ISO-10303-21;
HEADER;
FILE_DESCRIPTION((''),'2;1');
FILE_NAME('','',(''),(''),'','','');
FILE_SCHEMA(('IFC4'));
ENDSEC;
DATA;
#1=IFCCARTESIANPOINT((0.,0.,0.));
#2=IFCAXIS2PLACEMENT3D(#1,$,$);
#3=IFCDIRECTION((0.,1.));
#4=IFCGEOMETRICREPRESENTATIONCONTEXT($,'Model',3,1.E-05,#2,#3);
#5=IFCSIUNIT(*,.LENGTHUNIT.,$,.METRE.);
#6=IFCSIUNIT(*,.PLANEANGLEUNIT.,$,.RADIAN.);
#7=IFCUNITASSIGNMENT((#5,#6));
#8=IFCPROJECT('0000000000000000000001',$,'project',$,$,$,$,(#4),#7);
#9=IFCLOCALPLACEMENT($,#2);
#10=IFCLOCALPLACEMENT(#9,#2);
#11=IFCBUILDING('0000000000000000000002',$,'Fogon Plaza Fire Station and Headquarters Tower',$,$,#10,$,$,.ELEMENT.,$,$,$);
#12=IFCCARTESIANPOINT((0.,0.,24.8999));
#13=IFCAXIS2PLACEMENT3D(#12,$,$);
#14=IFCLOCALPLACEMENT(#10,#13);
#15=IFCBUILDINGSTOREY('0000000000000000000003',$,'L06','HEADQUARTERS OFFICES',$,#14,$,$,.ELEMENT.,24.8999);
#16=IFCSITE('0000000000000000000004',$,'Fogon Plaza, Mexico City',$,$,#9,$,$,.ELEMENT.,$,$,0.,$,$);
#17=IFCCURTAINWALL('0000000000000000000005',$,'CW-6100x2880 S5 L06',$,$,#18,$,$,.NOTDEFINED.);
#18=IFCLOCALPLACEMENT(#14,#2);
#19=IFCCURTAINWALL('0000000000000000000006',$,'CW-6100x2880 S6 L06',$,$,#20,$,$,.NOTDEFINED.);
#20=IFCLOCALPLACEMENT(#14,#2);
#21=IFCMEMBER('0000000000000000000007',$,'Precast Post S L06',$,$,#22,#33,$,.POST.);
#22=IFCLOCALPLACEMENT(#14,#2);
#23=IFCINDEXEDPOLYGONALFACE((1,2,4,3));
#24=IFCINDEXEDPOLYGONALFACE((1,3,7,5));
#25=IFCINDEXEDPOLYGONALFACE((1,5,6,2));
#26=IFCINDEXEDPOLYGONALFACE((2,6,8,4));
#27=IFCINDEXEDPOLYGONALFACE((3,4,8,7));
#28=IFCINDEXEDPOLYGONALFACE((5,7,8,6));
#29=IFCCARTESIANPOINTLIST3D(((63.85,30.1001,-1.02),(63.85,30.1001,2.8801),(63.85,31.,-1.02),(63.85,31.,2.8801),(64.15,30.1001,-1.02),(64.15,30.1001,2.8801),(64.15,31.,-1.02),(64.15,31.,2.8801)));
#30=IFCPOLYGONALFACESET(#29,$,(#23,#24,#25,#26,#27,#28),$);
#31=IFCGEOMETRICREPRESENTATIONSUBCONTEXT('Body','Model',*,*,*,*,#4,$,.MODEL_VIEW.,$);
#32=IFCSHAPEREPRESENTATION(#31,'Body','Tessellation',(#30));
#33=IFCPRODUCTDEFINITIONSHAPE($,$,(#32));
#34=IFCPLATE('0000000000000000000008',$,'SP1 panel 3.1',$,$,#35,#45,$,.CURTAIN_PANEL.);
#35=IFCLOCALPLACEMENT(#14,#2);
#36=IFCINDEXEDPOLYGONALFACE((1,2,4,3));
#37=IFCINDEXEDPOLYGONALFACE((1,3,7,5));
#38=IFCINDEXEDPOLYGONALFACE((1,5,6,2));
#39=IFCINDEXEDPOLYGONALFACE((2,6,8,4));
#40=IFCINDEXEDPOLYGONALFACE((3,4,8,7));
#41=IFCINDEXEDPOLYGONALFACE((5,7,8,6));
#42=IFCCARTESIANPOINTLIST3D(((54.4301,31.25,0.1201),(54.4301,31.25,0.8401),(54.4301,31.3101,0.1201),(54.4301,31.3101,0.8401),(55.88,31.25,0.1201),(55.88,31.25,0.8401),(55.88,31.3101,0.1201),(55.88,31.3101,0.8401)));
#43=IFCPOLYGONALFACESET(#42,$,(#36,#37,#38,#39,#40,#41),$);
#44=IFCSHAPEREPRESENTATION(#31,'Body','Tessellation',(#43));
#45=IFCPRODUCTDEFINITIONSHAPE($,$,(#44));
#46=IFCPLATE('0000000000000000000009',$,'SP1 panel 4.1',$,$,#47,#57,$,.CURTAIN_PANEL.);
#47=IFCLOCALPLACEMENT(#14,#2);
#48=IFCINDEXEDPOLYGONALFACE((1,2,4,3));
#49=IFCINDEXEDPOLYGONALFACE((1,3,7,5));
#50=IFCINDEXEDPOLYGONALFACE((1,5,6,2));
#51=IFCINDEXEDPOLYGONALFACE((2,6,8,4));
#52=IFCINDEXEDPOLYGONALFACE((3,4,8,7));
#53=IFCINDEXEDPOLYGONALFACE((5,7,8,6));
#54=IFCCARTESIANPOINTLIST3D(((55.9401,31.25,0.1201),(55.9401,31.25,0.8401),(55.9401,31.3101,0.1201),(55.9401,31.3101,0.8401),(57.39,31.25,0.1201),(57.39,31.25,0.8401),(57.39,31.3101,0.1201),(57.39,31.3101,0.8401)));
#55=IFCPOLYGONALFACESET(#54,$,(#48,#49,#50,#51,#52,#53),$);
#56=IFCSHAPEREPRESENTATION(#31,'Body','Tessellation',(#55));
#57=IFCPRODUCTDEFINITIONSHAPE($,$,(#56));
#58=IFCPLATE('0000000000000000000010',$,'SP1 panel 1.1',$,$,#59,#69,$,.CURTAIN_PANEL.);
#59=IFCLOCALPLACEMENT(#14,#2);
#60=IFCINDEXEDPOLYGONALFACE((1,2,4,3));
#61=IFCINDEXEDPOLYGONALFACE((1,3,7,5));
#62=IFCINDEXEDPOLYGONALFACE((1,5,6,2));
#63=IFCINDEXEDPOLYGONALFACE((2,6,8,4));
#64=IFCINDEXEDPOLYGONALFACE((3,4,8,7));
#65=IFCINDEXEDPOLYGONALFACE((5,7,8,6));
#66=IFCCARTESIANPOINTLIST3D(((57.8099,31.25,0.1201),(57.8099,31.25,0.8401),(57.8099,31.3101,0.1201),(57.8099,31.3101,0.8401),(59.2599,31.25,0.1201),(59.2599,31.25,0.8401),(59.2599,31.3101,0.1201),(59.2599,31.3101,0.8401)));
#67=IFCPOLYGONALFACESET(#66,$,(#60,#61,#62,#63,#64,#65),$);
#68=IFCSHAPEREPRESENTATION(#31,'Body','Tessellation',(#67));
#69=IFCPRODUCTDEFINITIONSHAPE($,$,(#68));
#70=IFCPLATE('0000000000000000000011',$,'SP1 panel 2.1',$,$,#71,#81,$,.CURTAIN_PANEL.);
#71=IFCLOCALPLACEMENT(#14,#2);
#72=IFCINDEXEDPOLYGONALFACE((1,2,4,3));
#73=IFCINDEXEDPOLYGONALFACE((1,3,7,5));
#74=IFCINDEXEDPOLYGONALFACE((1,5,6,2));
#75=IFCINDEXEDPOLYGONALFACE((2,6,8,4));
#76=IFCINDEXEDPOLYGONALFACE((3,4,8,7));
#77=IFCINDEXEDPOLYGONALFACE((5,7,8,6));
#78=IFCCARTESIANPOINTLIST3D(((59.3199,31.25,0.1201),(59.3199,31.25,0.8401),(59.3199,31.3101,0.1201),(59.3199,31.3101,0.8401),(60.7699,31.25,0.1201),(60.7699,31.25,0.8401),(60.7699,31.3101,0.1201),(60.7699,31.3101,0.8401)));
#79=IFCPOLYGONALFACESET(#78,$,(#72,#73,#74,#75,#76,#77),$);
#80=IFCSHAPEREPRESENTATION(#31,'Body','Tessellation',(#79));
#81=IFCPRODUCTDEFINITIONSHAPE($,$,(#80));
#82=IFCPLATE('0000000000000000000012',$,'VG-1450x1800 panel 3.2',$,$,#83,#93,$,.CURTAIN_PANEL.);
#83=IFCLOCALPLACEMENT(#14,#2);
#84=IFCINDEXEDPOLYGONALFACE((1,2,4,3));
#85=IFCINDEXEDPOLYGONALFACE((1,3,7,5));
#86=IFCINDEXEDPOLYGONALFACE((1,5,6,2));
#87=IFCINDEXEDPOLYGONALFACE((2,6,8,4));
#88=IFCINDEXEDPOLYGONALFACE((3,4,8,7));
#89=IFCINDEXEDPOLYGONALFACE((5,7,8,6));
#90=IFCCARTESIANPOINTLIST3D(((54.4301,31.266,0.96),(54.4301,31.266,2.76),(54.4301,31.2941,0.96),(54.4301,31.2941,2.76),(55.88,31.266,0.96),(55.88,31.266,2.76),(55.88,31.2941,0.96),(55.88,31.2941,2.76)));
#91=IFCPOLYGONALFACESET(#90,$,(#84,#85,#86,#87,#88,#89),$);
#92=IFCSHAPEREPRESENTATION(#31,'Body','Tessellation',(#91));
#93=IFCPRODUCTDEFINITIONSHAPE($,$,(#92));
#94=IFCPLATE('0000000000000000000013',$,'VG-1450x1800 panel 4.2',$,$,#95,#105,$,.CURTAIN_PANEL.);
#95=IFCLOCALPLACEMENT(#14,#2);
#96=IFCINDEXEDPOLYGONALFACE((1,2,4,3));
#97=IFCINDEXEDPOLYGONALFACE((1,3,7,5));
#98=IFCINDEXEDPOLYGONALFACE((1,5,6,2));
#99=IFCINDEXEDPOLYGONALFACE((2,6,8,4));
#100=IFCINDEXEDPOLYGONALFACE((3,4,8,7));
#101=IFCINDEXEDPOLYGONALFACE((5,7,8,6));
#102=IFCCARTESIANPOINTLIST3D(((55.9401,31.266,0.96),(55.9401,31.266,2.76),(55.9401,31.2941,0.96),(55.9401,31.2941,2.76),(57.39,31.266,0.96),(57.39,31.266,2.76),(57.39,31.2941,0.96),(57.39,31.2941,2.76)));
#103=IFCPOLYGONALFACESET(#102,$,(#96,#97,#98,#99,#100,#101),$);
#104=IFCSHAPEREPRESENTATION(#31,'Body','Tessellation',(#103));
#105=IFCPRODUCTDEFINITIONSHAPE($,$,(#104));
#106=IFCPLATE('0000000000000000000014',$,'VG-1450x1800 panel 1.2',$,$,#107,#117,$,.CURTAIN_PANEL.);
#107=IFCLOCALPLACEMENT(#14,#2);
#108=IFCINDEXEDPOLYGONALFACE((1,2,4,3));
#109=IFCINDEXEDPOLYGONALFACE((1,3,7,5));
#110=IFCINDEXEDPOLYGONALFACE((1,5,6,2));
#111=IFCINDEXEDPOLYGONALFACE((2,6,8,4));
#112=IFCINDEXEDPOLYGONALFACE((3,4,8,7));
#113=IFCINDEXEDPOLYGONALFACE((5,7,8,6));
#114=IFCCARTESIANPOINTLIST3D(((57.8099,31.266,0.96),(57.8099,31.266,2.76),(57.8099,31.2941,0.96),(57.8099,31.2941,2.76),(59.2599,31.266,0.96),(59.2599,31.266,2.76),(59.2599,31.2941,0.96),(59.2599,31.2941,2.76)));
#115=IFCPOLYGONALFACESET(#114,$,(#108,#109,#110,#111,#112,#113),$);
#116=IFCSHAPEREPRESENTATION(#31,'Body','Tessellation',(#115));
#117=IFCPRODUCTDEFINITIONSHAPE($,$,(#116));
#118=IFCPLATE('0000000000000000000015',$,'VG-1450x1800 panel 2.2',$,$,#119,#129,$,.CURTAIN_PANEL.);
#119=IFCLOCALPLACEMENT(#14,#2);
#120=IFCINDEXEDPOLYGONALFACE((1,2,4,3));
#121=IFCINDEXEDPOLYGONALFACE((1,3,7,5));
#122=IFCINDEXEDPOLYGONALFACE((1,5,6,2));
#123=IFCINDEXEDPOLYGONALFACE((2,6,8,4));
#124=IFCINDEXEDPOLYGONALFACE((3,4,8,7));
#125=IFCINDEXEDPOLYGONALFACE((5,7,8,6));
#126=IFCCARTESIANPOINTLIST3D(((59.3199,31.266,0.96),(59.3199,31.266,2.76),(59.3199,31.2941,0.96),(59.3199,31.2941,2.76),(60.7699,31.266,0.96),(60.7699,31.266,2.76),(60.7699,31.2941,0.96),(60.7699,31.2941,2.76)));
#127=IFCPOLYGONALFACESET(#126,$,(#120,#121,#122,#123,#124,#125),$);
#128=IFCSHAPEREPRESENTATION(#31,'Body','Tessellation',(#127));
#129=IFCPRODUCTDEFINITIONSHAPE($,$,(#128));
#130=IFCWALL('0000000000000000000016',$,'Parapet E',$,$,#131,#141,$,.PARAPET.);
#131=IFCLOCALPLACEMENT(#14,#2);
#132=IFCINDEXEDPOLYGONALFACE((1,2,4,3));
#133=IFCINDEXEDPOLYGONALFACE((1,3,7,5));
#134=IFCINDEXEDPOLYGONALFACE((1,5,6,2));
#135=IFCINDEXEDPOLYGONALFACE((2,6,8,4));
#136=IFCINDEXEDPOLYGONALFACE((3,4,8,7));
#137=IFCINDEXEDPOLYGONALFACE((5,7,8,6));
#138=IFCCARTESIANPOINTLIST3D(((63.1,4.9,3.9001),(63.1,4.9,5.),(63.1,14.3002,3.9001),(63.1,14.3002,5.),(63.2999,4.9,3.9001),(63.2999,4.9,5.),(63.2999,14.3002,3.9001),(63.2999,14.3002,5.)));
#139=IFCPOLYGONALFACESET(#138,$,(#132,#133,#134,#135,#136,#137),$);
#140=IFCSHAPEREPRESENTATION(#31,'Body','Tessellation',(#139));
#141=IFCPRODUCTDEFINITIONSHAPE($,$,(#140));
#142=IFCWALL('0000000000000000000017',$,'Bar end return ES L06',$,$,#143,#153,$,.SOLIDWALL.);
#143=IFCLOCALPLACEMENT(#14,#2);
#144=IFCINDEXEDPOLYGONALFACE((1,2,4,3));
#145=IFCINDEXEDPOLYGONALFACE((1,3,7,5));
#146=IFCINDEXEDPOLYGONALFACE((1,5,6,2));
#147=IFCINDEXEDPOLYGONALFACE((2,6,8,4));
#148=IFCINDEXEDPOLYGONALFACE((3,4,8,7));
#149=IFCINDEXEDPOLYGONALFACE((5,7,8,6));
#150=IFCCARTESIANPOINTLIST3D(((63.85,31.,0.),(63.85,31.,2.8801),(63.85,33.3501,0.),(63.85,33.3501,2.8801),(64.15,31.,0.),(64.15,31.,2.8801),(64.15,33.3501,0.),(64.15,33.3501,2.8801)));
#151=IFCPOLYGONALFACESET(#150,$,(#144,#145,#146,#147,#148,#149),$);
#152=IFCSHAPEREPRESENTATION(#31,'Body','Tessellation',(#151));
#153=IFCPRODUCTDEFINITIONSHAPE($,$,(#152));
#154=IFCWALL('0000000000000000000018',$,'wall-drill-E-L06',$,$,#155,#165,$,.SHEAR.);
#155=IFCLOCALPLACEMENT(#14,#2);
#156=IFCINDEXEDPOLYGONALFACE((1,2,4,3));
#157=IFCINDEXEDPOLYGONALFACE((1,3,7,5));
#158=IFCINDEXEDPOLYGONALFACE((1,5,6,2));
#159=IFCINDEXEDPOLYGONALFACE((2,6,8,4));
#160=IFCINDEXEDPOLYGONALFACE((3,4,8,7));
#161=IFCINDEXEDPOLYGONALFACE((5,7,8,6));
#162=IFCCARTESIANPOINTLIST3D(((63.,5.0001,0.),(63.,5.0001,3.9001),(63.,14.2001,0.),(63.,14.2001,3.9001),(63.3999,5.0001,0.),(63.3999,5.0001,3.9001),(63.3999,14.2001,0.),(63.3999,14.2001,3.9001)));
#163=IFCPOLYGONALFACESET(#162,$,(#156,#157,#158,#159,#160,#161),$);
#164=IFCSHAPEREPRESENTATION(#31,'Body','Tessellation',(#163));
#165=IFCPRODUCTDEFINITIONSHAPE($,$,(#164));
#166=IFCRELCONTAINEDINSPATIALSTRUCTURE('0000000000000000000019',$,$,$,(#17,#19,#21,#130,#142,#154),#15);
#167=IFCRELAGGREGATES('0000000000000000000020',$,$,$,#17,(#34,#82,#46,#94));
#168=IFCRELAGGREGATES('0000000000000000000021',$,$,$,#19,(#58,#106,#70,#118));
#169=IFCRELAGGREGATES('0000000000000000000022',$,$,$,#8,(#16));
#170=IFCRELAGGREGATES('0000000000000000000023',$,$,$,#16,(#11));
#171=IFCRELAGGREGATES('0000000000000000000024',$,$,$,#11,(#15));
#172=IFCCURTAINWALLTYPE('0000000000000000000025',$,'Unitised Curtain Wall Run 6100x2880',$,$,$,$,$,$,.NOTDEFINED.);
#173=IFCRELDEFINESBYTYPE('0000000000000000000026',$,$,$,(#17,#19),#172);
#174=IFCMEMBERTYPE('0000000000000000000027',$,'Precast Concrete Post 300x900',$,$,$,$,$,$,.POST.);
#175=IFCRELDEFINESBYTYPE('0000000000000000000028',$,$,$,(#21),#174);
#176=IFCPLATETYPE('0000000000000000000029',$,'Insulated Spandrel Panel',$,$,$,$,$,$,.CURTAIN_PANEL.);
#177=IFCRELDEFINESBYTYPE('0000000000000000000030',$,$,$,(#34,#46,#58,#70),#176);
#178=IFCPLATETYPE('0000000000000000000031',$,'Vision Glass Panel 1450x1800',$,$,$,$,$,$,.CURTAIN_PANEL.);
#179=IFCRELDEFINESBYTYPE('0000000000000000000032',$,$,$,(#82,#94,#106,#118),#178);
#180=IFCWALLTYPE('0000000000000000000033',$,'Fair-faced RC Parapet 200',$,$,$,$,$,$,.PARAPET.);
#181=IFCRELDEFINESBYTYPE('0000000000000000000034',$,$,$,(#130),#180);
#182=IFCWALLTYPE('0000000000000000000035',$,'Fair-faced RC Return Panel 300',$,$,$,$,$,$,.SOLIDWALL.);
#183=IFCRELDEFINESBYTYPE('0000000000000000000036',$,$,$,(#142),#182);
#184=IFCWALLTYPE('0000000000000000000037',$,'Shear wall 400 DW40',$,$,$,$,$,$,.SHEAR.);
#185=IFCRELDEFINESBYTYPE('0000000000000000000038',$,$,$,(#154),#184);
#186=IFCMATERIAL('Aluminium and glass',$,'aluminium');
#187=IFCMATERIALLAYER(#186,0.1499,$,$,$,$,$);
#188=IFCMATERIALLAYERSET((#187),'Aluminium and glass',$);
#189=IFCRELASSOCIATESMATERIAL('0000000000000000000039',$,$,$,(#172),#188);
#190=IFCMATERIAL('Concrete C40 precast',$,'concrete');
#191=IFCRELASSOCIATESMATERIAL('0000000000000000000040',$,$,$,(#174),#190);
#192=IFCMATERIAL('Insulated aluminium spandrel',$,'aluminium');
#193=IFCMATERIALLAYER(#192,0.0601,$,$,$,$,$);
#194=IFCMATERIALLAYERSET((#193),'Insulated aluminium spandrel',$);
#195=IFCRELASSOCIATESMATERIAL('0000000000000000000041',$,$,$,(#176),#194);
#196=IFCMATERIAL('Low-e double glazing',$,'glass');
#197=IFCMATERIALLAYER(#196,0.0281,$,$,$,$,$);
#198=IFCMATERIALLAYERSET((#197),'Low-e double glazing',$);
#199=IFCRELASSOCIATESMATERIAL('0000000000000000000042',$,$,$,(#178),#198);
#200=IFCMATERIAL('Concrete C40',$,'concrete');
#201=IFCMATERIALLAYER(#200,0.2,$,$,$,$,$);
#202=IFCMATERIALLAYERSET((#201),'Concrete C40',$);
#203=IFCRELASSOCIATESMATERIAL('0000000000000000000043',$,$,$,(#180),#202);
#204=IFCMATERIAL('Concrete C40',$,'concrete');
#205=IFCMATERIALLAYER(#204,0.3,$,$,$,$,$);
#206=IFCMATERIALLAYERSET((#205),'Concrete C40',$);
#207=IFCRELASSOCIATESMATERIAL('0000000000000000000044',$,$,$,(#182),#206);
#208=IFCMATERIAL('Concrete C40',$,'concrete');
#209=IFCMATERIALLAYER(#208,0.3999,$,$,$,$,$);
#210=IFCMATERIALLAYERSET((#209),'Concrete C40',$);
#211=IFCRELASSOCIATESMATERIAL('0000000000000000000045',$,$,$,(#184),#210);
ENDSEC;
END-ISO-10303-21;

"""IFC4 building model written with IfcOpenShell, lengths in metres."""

from ifc_helpers import new_model, si_unit, direction, frame, frame_2d, origin, origin_2d, place, context, subcontext, project, spatial, rectangle, extrude, material, layer, layer_set, material_profile, profile_set, type_object, element, aggregate, save


model = new_model("IFC4")

# Units and contexts
model_context = context("Model", 3, precision=1e-05, world=origin(), true_north=direction((0.0, 1.0)))
body_context = subcontext(model_context, "Body", "Model", "MODEL_VIEW")
ifc_project = project(units=[si_unit("LENGTHUNIT", "METRE"), si_unit("PLANEANGLEUNIT", "RADIAN")], contexts=[model_context])

# Site, building, storey
site_placement = place(None, origin())
site = spatial("IfcSite", under=ifc_project, at=site_placement, Name="Fogon Plaza, Mexico City", CompositionType="ELEMENT", RefElevation=0.0)
building_placement = place(site_placement, origin())
building = spatial("IfcBuilding", under=site, at=building_placement, Name="Fogon Plaza Fire Station and Headquarters Tower", CompositionType="ELEMENT")
storey_placement = place(building_placement, frame((0.0, 0.0, 24.8999)))
storey = spatial("IfcBuildingStorey", under=building, at=storey_placement, Name="L06", Description="HEADQUARTERS OFFICES", CompositionType="ELEMENT", Elevation=24.8999)

# Curtain walls
ifc_material_1 = material(Name="Aluminium and glass", Category="aluminium")
ifc_layer_1 = layer(ifc_material_1, 0.1499)
ifc_layer_set_1 = layer_set([ifc_layer_1], Name="Aluminium and glass")
curtain_wall_type = type_object("IfcCurtainWallType", Name="Unitised Curtain Wall Run 6100x2880", PredefinedType="NOTDEFINED", material=ifc_layer_set_1)
curtain_wall_1_placement = place(storey_placement, origin())
curtain_wall_1 = element("IfcCurtainWall", 1, at=curtain_wall_1_placement, inside=storey, type_object=curtain_wall_type, Name="CW-6100x2880 S5 L06", PredefinedType="NOTDEFINED")
curtain_wall_2_placement = place(storey_placement, origin())
curtain_wall_2 = element("IfcCurtainWall", 2, at=curtain_wall_2_placement, inside=storey, type_object=curtain_wall_type, Name="CW-6100x2880 S6 L06", PredefinedType="NOTDEFINED")

# Member
ifc_material_2 = material(Name="Concrete C40 precast", Category="concrete")
ifc_material_profile_1 = material_profile(ifc_material_2, rectangle(XDim=0.3, YDim=0.8999, at=origin_2d()), Name="Precast Concrete Post 300x900")
ifc_profile_set_1 = profile_set([ifc_material_profile_1], Name="Concrete C40 precast")
member_type_1 = type_object("IfcMemberType", Name="Precast Concrete Post 300x900", PredefinedType="POST", material=ifc_profile_set_1)
for number, where, z_axis, x_axis, name in (
    (3, (64.0, 30.55, -1.02), (0.0, 0.0, 1.0), (1.0, 0.0, 0.0), "Precast Post S L06"),
):
    element("IfcMember", number, at=place(storey_placement, frame(where, z_axis=z_axis, x_axis=x_axis)), inside=storey, type_object=member_type_1, Name=name, PredefinedType="POST", context=body_context, shape_type="SweptSolid", body=[
        extrude(rectangle(XDim=0.3, YDim=0.8999, at=origin_2d()), origin(), (0.0, 0.0, 1.0), 3.9001),
    ])

# Plates
ifc_material_3 = material(Name="Insulated aluminium spandrel", Category="aluminium")
ifc_layer_2 = layer(ifc_material_3, 0.0601)
ifc_layer_set_2 = layer_set([ifc_layer_2], Name="Insulated aluminium spandrel")
plate_type_1 = type_object("IfcPlateType", Name="Insulated Spandrel Panel", PredefinedType="CURTAIN_PANEL", material=ifc_layer_set_2)
plate_1_placement = place(storey_placement, frame((55.155, 31.28, 0.1201), z_axis=(0.0, 0.0, 1.0), x_axis=(1.0, 0.0, 0.0)))
plate_1 = element("IfcPlate", 4, at=plate_1_placement, type_object=plate_type_1, Name="SP1 panel 3.1", PredefinedType="CURTAIN_PANEL", context=body_context, shape_type="SweptSolid", body=[
    extrude(rectangle(XDim=1.45, YDim=0.0601, at=origin_2d()), origin(), (0.0, 0.0, 1.0), 0.72),
])
plate_2_placement = place(storey_placement, frame((56.665, 31.28, 0.1201), z_axis=(0.0, 0.0, 1.0), x_axis=(1.0, 0.0, 0.0)))
plate_2 = element("IfcPlate", 5, at=plate_2_placement, type_object=plate_type_1, Name="SP1 panel 4.1", PredefinedType="CURTAIN_PANEL", context=body_context, shape_type="SweptSolid", body=[
    extrude(rectangle(XDim=1.45, YDim=0.0601, at=origin_2d()), origin(), (0.0, 0.0, 1.0), 0.72),
])
plate_3_placement = place(storey_placement, frame((58.5349, 31.28, 0.1201), z_axis=(0.0, 0.0, 1.0), x_axis=(1.0, 0.0, 0.0)))
plate_3 = element("IfcPlate", 6, at=plate_3_placement, type_object=plate_type_1, Name="SP1 panel 1.1", PredefinedType="CURTAIN_PANEL", context=body_context, shape_type="SweptSolid", body=[
    extrude(rectangle(XDim=1.45, YDim=0.0601, at=origin_2d()), origin(), (0.0, 0.0, 1.0), 0.72),
])
plate_4_placement = place(storey_placement, frame((60.0449, 31.28, 0.1201), z_axis=(0.0, 0.0, 1.0), x_axis=(1.0, 0.0, 0.0)))
plate_4 = element("IfcPlate", 7, at=plate_4_placement, type_object=plate_type_1, Name="SP1 panel 2.1", PredefinedType="CURTAIN_PANEL", context=body_context, shape_type="SweptSolid", body=[
    extrude(rectangle(XDim=1.45, YDim=0.0601, at=origin_2d()), origin(), (0.0, 0.0, 1.0), 0.72),
])
ifc_material_4 = material(Name="Low-e double glazing", Category="glass")
ifc_layer_3 = layer(ifc_material_4, 0.0281)
ifc_layer_set_3 = layer_set([ifc_layer_3], Name="Low-e double glazing")
plate_type_2 = type_object("IfcPlateType", Name="Vision Glass Panel 1450x1800", PredefinedType="CURTAIN_PANEL", material=ifc_layer_set_3)
plate_5_placement = place(storey_placement, frame((55.155, 31.28, 0.96), z_axis=(0.0, 0.0, 1.0), x_axis=(1.0, 0.0, 0.0)))
plate_5 = element("IfcPlate", 8, at=plate_5_placement, type_object=plate_type_2, Name="VG-1450x1800 panel 3.2", PredefinedType="CURTAIN_PANEL", context=body_context, shape_type="SweptSolid", body=[
    extrude(rectangle(XDim=1.45, YDim=0.0281, at=origin_2d()), origin(), (0.0, 0.0, 1.0), 1.8),
])
plate_6_placement = place(storey_placement, frame((56.665, 31.28, 0.96), z_axis=(0.0, 0.0, 1.0), x_axis=(1.0, 0.0, 0.0)))
plate_6 = element("IfcPlate", 9, at=plate_6_placement, type_object=plate_type_2, Name="VG-1450x1800 panel 4.2", PredefinedType="CURTAIN_PANEL", context=body_context, shape_type="SweptSolid", body=[
    extrude(rectangle(XDim=1.45, YDim=0.0281, at=origin_2d()), origin(), (0.0, 0.0, 1.0), 1.8),
])
aggregate(curtain_wall_1, [plate_1, plate_5, plate_2, plate_6])
plate_7_placement = place(storey_placement, frame((58.5349, 31.28, 0.96), z_axis=(0.0, 0.0, 1.0), x_axis=(1.0, 0.0, 0.0)))
plate_7 = element("IfcPlate", 10, at=plate_7_placement, type_object=plate_type_2, Name="VG-1450x1800 panel 1.2", PredefinedType="CURTAIN_PANEL", context=body_context, shape_type="SweptSolid", body=[
    extrude(rectangle(XDim=1.45, YDim=0.0281, at=origin_2d()), origin(), (0.0, 0.0, 1.0), 1.8),
])
plate_8_placement = place(storey_placement, frame((60.0449, 31.28, 0.96), z_axis=(0.0, 0.0, 1.0), x_axis=(1.0, 0.0, 0.0)))
plate_8 = element("IfcPlate", 11, at=plate_8_placement, type_object=plate_type_2, Name="VG-1450x1800 panel 2.2", PredefinedType="CURTAIN_PANEL", context=body_context, shape_type="SweptSolid", body=[
    extrude(rectangle(XDim=1.45, YDim=0.0281, at=origin_2d()), origin(), (0.0, 0.0, 1.0), 1.8),
])
aggregate(curtain_wall_2, [plate_3, plate_7, plate_4, plate_8])

# Walls
ifc_material_5 = material(Name="Concrete C40", Category="concrete")
ifc_layer_4 = layer(ifc_material_5, 0.2)
ifc_layer_set_4 = layer_set([ifc_layer_4], Name="Concrete C40")
wall_type_1 = type_object("IfcWallType", Name="Fair-faced RC Parapet 200", PredefinedType="PARAPET", material=ifc_layer_set_4)
wall_1_placement = place(storey_placement, frame((63.2, 4.8999, 3.9001), z_axis=(0.0, 0.0, 1.0), x_axis=(0.0, 1.0, 0.0)))
element("IfcWall", 12, at=wall_1_placement, inside=storey, type_object=wall_type_1, Name="Parapet E", PredefinedType="PARAPET", context=body_context, shape_type="SweptSolid", body=[
    extrude(rectangle(XDim=9.4001, YDim=0.2, at=frame_2d((4.7002, 0.0))), origin(), (0.0, 0.0, 1.0), 1.0999),
])
ifc_material_6 = material(Name="Concrete C40", Category="concrete")
ifc_layer_5 = layer(ifc_material_6, 0.3)
ifc_layer_set_5 = layer_set([ifc_layer_5], Name="Concrete C40")
wall_type_2 = type_object("IfcWallType", Name="Fair-faced RC Return Panel 300", PredefinedType="SOLIDWALL", material=ifc_layer_set_5)
wall_2_placement = place(storey_placement, frame((64.0, 31.0, 0.0), z_axis=(0.0, 0.0, 1.0), x_axis=(0.0, 1.0, 0.0)))
element("IfcWall", 13, at=wall_2_placement, inside=storey, type_object=wall_type_2, Name="Bar end return ES L06", PredefinedType="SOLIDWALL", context=body_context, shape_type="SweptSolid", body=[
    extrude(rectangle(XDim=2.3501, YDim=0.3, at=frame_2d((1.175, 0.0))), origin(), (0.0, 0.0, 1.0), 2.8801),
])
ifc_material_7 = material(Name="Concrete C40", Category="concrete")
ifc_layer_6 = layer(ifc_material_7, 0.3999)
ifc_layer_set_6 = layer_set([ifc_layer_6], Name="Concrete C40")
wall_type_3 = type_object("IfcWallType", Name="Shear wall 400 DW40", PredefinedType="SHEAR", material=ifc_layer_set_6)
wall_3_placement = place(storey_placement, frame((63.2, 5.0, 0.0), z_axis=(0.0, 0.0, 1.0), x_axis=(0.0, 1.0, 0.0)))
element("IfcWall", 14, at=wall_3_placement, inside=storey, type_object=wall_type_3, Name="wall-drill-E-L06", PredefinedType="SHEAR", context=body_context, shape_type="SweptSolid", body=[
    extrude(rectangle(XDim=9.2, YDim=0.3999, at=frame_2d((4.6001, 0.0))), origin(), (0.0, 0.0, 1.0), 3.9001),
])

save(model, "model.ifc")
